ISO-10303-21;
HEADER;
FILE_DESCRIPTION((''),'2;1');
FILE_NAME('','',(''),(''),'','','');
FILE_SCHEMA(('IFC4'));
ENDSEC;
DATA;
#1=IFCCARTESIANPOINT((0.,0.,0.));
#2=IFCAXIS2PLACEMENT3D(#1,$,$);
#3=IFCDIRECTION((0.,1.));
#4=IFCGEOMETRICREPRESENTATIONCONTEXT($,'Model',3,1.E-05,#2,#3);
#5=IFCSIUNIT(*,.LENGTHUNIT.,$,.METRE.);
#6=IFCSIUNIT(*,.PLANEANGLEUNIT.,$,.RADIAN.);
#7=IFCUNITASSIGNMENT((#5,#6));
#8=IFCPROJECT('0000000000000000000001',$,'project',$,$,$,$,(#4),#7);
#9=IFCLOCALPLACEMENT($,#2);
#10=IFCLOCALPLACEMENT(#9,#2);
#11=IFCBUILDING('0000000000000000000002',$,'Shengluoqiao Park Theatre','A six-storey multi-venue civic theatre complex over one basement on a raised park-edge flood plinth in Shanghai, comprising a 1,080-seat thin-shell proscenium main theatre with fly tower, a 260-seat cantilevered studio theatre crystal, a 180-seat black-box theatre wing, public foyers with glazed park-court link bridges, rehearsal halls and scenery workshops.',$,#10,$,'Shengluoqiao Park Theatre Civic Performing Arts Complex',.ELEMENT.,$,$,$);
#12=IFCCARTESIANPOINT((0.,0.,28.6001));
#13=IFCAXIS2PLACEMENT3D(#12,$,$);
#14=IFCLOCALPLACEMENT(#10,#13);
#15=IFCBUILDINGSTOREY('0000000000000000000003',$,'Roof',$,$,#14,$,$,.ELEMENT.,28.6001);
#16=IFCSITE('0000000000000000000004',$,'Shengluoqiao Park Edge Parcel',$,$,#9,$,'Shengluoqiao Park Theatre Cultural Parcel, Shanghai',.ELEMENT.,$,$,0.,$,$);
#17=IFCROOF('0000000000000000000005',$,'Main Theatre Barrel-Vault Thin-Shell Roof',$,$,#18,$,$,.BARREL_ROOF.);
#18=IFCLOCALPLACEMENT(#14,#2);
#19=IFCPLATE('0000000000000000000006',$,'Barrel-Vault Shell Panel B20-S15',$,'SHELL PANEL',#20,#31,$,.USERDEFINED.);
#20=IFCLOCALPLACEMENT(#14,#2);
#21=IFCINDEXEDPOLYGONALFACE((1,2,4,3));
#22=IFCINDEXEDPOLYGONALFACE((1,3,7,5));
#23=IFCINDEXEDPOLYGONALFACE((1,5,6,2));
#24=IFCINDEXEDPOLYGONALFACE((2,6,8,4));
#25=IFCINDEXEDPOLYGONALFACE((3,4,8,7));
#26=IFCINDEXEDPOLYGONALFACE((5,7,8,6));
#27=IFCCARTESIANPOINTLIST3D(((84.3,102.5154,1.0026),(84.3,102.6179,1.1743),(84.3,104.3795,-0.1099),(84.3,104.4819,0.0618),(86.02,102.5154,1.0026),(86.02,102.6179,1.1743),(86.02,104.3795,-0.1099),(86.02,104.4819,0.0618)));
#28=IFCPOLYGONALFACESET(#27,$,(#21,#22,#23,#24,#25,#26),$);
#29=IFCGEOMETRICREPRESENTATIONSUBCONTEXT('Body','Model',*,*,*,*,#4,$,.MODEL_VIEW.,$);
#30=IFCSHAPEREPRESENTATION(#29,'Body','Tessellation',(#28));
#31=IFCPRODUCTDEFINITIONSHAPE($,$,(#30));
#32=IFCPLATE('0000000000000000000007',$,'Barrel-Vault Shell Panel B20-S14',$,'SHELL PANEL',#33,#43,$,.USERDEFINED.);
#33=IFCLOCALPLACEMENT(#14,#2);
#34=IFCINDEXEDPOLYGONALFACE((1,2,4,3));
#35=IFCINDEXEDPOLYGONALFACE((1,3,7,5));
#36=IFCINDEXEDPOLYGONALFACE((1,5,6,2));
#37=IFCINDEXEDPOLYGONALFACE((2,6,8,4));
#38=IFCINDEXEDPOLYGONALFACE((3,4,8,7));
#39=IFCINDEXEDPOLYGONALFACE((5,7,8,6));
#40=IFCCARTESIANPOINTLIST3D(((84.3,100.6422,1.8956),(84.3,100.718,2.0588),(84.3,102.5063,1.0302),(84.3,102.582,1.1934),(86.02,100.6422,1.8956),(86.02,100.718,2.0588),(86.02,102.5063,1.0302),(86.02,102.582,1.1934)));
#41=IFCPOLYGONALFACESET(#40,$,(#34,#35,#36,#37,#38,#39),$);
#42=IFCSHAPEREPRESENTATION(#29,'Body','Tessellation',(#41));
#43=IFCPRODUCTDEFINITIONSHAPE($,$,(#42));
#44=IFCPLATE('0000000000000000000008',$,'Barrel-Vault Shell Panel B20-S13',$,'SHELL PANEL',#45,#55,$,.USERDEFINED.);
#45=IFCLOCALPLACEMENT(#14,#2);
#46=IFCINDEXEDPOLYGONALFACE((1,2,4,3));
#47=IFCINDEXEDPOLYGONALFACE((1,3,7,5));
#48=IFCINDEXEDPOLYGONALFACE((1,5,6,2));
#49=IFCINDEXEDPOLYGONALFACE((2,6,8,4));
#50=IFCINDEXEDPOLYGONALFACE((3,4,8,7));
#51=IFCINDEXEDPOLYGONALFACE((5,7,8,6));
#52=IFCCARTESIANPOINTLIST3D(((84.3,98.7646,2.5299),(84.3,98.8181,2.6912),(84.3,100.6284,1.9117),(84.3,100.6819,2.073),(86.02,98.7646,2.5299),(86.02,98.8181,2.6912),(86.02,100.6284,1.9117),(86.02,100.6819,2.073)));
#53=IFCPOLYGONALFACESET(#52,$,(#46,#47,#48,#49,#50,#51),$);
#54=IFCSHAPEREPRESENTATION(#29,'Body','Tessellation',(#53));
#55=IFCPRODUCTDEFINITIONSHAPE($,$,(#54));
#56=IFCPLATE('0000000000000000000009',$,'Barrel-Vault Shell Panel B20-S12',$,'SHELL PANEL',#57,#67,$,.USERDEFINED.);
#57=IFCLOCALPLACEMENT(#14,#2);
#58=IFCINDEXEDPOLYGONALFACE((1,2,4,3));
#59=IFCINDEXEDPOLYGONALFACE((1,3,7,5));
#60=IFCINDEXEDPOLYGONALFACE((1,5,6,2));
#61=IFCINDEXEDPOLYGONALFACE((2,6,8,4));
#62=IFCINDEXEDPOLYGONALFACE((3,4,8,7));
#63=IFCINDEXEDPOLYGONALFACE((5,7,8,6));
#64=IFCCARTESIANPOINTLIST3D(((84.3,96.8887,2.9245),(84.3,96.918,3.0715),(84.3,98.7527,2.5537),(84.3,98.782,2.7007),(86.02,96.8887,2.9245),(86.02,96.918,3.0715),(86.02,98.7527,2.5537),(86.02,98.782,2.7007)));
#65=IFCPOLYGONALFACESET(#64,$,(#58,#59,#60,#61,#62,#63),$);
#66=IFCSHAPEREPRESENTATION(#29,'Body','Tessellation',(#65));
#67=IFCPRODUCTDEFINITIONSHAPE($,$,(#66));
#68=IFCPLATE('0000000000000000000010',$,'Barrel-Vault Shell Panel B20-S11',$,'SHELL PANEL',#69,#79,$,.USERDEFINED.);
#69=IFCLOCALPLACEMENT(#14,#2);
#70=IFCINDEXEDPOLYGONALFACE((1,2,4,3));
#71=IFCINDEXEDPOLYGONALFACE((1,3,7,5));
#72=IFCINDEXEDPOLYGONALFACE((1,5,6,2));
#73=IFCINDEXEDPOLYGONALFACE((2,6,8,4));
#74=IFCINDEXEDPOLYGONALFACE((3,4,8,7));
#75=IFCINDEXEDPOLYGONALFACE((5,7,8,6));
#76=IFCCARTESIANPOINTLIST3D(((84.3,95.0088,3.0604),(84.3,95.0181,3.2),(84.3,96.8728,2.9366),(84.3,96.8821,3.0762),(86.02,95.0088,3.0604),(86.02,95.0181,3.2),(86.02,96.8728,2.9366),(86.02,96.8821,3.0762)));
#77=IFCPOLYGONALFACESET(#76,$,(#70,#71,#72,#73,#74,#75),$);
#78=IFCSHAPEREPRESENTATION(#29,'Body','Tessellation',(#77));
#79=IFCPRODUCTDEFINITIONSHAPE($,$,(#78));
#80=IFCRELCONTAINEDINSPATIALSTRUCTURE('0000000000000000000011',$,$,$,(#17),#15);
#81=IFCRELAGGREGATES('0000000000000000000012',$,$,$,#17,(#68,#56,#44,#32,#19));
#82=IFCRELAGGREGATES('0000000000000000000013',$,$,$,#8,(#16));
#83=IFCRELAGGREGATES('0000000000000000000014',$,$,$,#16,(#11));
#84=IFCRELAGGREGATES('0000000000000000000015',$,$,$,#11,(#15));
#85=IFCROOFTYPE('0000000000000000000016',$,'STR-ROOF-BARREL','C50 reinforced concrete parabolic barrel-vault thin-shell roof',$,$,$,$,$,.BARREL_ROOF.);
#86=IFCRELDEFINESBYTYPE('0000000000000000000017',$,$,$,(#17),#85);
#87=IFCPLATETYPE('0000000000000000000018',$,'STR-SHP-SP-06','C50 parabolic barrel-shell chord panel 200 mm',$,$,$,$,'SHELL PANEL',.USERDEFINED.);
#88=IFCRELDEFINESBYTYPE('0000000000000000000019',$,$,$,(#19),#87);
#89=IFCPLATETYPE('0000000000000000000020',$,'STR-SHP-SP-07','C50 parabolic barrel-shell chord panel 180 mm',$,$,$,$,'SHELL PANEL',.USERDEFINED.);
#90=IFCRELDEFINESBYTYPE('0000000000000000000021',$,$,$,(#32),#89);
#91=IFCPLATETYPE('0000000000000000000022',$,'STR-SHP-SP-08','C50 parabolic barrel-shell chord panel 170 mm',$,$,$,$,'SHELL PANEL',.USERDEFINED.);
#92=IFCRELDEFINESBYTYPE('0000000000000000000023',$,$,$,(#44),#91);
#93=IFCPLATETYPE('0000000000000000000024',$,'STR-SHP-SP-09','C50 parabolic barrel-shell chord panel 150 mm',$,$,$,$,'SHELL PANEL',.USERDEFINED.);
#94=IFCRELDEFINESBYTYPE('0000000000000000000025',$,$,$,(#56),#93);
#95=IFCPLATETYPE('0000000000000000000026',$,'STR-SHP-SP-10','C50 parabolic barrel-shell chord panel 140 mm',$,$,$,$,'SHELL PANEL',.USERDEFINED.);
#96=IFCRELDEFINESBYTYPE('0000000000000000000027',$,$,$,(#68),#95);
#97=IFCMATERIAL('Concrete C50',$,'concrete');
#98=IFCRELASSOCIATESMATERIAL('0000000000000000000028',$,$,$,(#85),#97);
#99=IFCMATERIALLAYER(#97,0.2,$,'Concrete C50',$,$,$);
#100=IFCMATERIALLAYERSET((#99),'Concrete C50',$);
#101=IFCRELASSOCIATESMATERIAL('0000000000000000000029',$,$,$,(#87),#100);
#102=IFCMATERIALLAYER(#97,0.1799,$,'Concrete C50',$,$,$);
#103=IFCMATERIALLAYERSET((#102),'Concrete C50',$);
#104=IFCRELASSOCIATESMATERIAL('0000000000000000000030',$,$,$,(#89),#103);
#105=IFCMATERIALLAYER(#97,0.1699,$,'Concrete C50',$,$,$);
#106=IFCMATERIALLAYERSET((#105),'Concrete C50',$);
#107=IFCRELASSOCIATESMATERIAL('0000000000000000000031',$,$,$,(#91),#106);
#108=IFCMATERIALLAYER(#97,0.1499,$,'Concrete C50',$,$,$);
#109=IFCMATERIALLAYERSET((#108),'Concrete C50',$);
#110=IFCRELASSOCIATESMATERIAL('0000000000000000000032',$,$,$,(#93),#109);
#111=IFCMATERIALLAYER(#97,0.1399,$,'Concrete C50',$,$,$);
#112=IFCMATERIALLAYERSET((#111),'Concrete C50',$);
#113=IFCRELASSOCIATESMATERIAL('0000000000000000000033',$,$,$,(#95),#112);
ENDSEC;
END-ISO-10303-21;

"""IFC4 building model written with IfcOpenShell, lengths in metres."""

from ifc_helpers import new_model, si_unit, direction, frame, origin, place, context, subcontext, project, spatial, polyline, outline, extrude, material, layer, layer_set, type_object, element, aggregate, save


model = new_model("IFC4")

# Units and contexts
model_context = context("Model", 3, precision=1e-05, world=origin(), true_north=direction((0.0, 1.0)))
body_context = subcontext(model_context, "Body", "Model", "MODEL_VIEW")
ifc_project = project(units=[si_unit("LENGTHUNIT", "METRE"), si_unit("PLANEANGLEUNIT", "RADIAN")], contexts=[model_context])

# Site, building, storey
site_placement = place(None, origin())
site = spatial("IfcSite", under=ifc_project, at=site_placement, Name="Shengluoqiao Park Edge Parcel", LongName="Shengluoqiao Park Theatre Cultural Parcel, Shanghai", CompositionType="ELEMENT", RefElevation=0.0)
building_placement = place(site_placement, origin())
building = spatial("IfcBuilding", under=site, at=building_placement, Name="Shengluoqiao Park Theatre", Description="A six-storey multi-venue civic theatre complex over one basement on a raised park-edge flood plinth in Shanghai, comprising a 1,080-seat thin-shell proscenium main theatre with fly tower, a 260-seat cantilevered studio theatre crystal, a 180-seat black-box theatre wing, public foyers with glazed park-court link bridges, rehearsal halls and scenery workshops.", LongName="Shengluoqiao Park Theatre Civic Performing Arts Complex", CompositionType="ELEMENT")
storey_placement = place(building_placement, frame((0.0, 0.0, 28.6001)))
storey = spatial("IfcBuildingStorey", under=building, at=storey_placement, Name="Roof", CompositionType="ELEMENT", Elevation=28.6001)

# Shared definitions
ifc_material_1 = material(Name="Concrete C50", Category="concrete")

# Roof, plates
roof_type = type_object("IfcRoofType", Name="STR-ROOF-BARREL", Description="C50 reinforced concrete parabolic barrel-vault thin-shell roof", PredefinedType="BARREL_ROOF", material=ifc_material_1)
roof_placement = place(storey_placement, origin())
roof = element("IfcRoof", 1, at=roof_placement, inside=storey, type_object=roof_type, Name="Main Theatre Barrel-Vault Thin-Shell Roof", PredefinedType="BARREL_ROOF")
ifc_layer_1 = layer(ifc_material_1, 0.2, Name="Concrete C50")
ifc_layer_set_1 = layer_set([ifc_layer_1], Name="Concrete C50")
plate_type_1 = type_object("IfcPlateType", Name="STR-SHP-SP-06", Description="C50 parabolic barrel-shell chord panel 200 mm", ElementType="SHELL PANEL", PredefinedType="USERDEFINED", material=ifc_layer_set_1)
plate_1_placement = place(storey_placement, frame((84.3, 102.6179, 1.1743), z_axis=(0.0, 0.51251, 0.858681), x_axis=(1.0, 0.0, 0.0)))
plate_1 = element("IfcPlate", 2, at=plate_1_placement, type_object=plate_type_1, Name="Barrel-Vault Shell Panel B20-S15", ObjectType="SHELL PANEL", PredefinedType="USERDEFINED", context=body_context, shape_type="SweptSolid", body=[
    extrude(outline(polyline([(0.0, 0.0), (1.72, 0.0), (1.72, 2.1708), (0.0, 2.1708), (0.0, 0.0)])), origin(), (0.0, 0.0, -1.0), 0.2),
])
ifc_layer_2 = layer(ifc_material_1, 0.1799, Name="Concrete C50")
ifc_layer_set_2 = layer_set([ifc_layer_2], Name="Concrete C50")
plate_type_2 = type_object("IfcPlateType", Name="STR-SHP-SP-07", Description="C50 parabolic barrel-shell chord panel 180 mm", ElementType="SHELL PANEL", PredefinedType="USERDEFINED", material=ifc_layer_set_2)
plate_2_placement = place(storey_placement, frame((84.3, 100.718, 2.0588), z_axis=(0.0, 0.421129, 0.907001), x_axis=(1.0, 0.0, 0.0)))
plate_2 = element("IfcPlate", 3, at=plate_2_placement, type_object=plate_type_2, Name="Barrel-Vault Shell Panel B20-S14", ObjectType="SHELL PANEL", PredefinedType="USERDEFINED", context=body_context, shape_type="SweptSolid", body=[
    extrude(outline(polyline([(0.0, 0.0), (1.72, 0.0), (1.72, 2.0551), (0.0, 2.0551), (0.0, 0.0)])), origin(), (0.0, 0.0, -1.0), 0.1799),
])
ifc_layer_3 = layer(ifc_material_1, 0.1699, Name="Concrete C50")
ifc_layer_set_3 = layer_set([ifc_layer_3], Name="Concrete C50")
plate_type_3 = type_object("IfcPlateType", Name="STR-SHP-SP-08", Description="C50 parabolic barrel-shell chord panel 170 mm", ElementType="SHELL PANEL", PredefinedType="USERDEFINED", material=ifc_layer_set_3)
plate_3_placement = place(storey_placement, frame((84.3, 98.8181, 2.6912), z_axis=(0.0, 0.31481, 0.949155), x_axis=(1.0, 0.0, 0.0)))
plate_3 = element("IfcPlate", 4, at=plate_3_placement, type_object=plate_type_3, Name="Barrel-Vault Shell Panel B20-S13", ObjectType="SHELL PANEL", PredefinedType="USERDEFINED", context=body_context, shape_type="SweptSolid", body=[
    extrude(outline(polyline([(0.0, 0.0), (1.72, 0.0), (1.72, 1.9636), (0.0, 1.9636), (0.0, 0.0)])), origin(), (0.0, 0.0, -1.0), 0.1699),
])
ifc_layer_4 = layer(ifc_material_1, 0.1499, Name="Concrete C50")
ifc_layer_set_4 = layer_set([ifc_layer_4], Name="Concrete C50")
plate_type_4 = type_object("IfcPlateType", Name="STR-SHP-SP-09", Description="C50 parabolic barrel-shell chord panel 150 mm", ElementType="SHELL PANEL", PredefinedType="USERDEFINED", material=ifc_layer_set_4)
plate_4_placement = place(storey_placement, frame((84.3, 96.918, 3.0715), z_axis=(0.0, 0.195128, 0.980778), x_axis=(1.0, 0.0, 0.0)))
plate_4 = element("IfcPlate", 5, at=plate_4_placement, type_object=plate_type_4, Name="Barrel-Vault Shell Panel B20-S12", ObjectType="SHELL PANEL", PredefinedType="USERDEFINED", context=body_context, shape_type="SweptSolid", body=[
    extrude(outline(polyline([(0.0, 0.0), (1.72, 0.0), (1.72, 1.9005), (0.0, 1.9005), (0.0, 0.0)])), origin(), (0.0, 0.0, -1.0), 0.1499),
])
ifc_layer_5 = layer(ifc_material_1, 0.1399, Name="Concrete C50")
ifc_layer_set_5 = layer_set([ifc_layer_5], Name="Concrete C50")
plate_type_5 = type_object("IfcPlateType", Name="STR-SHP-SP-10", Description="C50 parabolic barrel-shell chord panel 140 mm", ElementType="SHELL PANEL", PredefinedType="USERDEFINED", material=ifc_layer_set_5)
plate_5_placement = place(storey_placement, frame((84.3, 95.0181, 3.2), z_axis=(0.0, 0.066259, 0.997802), x_axis=(1.0, 0.0, 0.0)))
plate_5 = element("IfcPlate", 6, at=plate_5_placement, type_object=plate_type_5, Name="Barrel-Vault Shell Panel B20-S11", ObjectType="SHELL PANEL", PredefinedType="USERDEFINED", context=body_context, shape_type="SweptSolid", body=[
    extrude(outline(polyline([(0.0, 0.0), (1.72, 0.0), (1.72, 1.8681), (0.0, 1.8681), (0.0, 0.0)])), origin(), (0.0, 0.0, -1.0), 0.1399),
])
aggregate(roof, [plate_5, plate_4, plate_3, plate_2, plate_1])

save(model, "model.ifc")
